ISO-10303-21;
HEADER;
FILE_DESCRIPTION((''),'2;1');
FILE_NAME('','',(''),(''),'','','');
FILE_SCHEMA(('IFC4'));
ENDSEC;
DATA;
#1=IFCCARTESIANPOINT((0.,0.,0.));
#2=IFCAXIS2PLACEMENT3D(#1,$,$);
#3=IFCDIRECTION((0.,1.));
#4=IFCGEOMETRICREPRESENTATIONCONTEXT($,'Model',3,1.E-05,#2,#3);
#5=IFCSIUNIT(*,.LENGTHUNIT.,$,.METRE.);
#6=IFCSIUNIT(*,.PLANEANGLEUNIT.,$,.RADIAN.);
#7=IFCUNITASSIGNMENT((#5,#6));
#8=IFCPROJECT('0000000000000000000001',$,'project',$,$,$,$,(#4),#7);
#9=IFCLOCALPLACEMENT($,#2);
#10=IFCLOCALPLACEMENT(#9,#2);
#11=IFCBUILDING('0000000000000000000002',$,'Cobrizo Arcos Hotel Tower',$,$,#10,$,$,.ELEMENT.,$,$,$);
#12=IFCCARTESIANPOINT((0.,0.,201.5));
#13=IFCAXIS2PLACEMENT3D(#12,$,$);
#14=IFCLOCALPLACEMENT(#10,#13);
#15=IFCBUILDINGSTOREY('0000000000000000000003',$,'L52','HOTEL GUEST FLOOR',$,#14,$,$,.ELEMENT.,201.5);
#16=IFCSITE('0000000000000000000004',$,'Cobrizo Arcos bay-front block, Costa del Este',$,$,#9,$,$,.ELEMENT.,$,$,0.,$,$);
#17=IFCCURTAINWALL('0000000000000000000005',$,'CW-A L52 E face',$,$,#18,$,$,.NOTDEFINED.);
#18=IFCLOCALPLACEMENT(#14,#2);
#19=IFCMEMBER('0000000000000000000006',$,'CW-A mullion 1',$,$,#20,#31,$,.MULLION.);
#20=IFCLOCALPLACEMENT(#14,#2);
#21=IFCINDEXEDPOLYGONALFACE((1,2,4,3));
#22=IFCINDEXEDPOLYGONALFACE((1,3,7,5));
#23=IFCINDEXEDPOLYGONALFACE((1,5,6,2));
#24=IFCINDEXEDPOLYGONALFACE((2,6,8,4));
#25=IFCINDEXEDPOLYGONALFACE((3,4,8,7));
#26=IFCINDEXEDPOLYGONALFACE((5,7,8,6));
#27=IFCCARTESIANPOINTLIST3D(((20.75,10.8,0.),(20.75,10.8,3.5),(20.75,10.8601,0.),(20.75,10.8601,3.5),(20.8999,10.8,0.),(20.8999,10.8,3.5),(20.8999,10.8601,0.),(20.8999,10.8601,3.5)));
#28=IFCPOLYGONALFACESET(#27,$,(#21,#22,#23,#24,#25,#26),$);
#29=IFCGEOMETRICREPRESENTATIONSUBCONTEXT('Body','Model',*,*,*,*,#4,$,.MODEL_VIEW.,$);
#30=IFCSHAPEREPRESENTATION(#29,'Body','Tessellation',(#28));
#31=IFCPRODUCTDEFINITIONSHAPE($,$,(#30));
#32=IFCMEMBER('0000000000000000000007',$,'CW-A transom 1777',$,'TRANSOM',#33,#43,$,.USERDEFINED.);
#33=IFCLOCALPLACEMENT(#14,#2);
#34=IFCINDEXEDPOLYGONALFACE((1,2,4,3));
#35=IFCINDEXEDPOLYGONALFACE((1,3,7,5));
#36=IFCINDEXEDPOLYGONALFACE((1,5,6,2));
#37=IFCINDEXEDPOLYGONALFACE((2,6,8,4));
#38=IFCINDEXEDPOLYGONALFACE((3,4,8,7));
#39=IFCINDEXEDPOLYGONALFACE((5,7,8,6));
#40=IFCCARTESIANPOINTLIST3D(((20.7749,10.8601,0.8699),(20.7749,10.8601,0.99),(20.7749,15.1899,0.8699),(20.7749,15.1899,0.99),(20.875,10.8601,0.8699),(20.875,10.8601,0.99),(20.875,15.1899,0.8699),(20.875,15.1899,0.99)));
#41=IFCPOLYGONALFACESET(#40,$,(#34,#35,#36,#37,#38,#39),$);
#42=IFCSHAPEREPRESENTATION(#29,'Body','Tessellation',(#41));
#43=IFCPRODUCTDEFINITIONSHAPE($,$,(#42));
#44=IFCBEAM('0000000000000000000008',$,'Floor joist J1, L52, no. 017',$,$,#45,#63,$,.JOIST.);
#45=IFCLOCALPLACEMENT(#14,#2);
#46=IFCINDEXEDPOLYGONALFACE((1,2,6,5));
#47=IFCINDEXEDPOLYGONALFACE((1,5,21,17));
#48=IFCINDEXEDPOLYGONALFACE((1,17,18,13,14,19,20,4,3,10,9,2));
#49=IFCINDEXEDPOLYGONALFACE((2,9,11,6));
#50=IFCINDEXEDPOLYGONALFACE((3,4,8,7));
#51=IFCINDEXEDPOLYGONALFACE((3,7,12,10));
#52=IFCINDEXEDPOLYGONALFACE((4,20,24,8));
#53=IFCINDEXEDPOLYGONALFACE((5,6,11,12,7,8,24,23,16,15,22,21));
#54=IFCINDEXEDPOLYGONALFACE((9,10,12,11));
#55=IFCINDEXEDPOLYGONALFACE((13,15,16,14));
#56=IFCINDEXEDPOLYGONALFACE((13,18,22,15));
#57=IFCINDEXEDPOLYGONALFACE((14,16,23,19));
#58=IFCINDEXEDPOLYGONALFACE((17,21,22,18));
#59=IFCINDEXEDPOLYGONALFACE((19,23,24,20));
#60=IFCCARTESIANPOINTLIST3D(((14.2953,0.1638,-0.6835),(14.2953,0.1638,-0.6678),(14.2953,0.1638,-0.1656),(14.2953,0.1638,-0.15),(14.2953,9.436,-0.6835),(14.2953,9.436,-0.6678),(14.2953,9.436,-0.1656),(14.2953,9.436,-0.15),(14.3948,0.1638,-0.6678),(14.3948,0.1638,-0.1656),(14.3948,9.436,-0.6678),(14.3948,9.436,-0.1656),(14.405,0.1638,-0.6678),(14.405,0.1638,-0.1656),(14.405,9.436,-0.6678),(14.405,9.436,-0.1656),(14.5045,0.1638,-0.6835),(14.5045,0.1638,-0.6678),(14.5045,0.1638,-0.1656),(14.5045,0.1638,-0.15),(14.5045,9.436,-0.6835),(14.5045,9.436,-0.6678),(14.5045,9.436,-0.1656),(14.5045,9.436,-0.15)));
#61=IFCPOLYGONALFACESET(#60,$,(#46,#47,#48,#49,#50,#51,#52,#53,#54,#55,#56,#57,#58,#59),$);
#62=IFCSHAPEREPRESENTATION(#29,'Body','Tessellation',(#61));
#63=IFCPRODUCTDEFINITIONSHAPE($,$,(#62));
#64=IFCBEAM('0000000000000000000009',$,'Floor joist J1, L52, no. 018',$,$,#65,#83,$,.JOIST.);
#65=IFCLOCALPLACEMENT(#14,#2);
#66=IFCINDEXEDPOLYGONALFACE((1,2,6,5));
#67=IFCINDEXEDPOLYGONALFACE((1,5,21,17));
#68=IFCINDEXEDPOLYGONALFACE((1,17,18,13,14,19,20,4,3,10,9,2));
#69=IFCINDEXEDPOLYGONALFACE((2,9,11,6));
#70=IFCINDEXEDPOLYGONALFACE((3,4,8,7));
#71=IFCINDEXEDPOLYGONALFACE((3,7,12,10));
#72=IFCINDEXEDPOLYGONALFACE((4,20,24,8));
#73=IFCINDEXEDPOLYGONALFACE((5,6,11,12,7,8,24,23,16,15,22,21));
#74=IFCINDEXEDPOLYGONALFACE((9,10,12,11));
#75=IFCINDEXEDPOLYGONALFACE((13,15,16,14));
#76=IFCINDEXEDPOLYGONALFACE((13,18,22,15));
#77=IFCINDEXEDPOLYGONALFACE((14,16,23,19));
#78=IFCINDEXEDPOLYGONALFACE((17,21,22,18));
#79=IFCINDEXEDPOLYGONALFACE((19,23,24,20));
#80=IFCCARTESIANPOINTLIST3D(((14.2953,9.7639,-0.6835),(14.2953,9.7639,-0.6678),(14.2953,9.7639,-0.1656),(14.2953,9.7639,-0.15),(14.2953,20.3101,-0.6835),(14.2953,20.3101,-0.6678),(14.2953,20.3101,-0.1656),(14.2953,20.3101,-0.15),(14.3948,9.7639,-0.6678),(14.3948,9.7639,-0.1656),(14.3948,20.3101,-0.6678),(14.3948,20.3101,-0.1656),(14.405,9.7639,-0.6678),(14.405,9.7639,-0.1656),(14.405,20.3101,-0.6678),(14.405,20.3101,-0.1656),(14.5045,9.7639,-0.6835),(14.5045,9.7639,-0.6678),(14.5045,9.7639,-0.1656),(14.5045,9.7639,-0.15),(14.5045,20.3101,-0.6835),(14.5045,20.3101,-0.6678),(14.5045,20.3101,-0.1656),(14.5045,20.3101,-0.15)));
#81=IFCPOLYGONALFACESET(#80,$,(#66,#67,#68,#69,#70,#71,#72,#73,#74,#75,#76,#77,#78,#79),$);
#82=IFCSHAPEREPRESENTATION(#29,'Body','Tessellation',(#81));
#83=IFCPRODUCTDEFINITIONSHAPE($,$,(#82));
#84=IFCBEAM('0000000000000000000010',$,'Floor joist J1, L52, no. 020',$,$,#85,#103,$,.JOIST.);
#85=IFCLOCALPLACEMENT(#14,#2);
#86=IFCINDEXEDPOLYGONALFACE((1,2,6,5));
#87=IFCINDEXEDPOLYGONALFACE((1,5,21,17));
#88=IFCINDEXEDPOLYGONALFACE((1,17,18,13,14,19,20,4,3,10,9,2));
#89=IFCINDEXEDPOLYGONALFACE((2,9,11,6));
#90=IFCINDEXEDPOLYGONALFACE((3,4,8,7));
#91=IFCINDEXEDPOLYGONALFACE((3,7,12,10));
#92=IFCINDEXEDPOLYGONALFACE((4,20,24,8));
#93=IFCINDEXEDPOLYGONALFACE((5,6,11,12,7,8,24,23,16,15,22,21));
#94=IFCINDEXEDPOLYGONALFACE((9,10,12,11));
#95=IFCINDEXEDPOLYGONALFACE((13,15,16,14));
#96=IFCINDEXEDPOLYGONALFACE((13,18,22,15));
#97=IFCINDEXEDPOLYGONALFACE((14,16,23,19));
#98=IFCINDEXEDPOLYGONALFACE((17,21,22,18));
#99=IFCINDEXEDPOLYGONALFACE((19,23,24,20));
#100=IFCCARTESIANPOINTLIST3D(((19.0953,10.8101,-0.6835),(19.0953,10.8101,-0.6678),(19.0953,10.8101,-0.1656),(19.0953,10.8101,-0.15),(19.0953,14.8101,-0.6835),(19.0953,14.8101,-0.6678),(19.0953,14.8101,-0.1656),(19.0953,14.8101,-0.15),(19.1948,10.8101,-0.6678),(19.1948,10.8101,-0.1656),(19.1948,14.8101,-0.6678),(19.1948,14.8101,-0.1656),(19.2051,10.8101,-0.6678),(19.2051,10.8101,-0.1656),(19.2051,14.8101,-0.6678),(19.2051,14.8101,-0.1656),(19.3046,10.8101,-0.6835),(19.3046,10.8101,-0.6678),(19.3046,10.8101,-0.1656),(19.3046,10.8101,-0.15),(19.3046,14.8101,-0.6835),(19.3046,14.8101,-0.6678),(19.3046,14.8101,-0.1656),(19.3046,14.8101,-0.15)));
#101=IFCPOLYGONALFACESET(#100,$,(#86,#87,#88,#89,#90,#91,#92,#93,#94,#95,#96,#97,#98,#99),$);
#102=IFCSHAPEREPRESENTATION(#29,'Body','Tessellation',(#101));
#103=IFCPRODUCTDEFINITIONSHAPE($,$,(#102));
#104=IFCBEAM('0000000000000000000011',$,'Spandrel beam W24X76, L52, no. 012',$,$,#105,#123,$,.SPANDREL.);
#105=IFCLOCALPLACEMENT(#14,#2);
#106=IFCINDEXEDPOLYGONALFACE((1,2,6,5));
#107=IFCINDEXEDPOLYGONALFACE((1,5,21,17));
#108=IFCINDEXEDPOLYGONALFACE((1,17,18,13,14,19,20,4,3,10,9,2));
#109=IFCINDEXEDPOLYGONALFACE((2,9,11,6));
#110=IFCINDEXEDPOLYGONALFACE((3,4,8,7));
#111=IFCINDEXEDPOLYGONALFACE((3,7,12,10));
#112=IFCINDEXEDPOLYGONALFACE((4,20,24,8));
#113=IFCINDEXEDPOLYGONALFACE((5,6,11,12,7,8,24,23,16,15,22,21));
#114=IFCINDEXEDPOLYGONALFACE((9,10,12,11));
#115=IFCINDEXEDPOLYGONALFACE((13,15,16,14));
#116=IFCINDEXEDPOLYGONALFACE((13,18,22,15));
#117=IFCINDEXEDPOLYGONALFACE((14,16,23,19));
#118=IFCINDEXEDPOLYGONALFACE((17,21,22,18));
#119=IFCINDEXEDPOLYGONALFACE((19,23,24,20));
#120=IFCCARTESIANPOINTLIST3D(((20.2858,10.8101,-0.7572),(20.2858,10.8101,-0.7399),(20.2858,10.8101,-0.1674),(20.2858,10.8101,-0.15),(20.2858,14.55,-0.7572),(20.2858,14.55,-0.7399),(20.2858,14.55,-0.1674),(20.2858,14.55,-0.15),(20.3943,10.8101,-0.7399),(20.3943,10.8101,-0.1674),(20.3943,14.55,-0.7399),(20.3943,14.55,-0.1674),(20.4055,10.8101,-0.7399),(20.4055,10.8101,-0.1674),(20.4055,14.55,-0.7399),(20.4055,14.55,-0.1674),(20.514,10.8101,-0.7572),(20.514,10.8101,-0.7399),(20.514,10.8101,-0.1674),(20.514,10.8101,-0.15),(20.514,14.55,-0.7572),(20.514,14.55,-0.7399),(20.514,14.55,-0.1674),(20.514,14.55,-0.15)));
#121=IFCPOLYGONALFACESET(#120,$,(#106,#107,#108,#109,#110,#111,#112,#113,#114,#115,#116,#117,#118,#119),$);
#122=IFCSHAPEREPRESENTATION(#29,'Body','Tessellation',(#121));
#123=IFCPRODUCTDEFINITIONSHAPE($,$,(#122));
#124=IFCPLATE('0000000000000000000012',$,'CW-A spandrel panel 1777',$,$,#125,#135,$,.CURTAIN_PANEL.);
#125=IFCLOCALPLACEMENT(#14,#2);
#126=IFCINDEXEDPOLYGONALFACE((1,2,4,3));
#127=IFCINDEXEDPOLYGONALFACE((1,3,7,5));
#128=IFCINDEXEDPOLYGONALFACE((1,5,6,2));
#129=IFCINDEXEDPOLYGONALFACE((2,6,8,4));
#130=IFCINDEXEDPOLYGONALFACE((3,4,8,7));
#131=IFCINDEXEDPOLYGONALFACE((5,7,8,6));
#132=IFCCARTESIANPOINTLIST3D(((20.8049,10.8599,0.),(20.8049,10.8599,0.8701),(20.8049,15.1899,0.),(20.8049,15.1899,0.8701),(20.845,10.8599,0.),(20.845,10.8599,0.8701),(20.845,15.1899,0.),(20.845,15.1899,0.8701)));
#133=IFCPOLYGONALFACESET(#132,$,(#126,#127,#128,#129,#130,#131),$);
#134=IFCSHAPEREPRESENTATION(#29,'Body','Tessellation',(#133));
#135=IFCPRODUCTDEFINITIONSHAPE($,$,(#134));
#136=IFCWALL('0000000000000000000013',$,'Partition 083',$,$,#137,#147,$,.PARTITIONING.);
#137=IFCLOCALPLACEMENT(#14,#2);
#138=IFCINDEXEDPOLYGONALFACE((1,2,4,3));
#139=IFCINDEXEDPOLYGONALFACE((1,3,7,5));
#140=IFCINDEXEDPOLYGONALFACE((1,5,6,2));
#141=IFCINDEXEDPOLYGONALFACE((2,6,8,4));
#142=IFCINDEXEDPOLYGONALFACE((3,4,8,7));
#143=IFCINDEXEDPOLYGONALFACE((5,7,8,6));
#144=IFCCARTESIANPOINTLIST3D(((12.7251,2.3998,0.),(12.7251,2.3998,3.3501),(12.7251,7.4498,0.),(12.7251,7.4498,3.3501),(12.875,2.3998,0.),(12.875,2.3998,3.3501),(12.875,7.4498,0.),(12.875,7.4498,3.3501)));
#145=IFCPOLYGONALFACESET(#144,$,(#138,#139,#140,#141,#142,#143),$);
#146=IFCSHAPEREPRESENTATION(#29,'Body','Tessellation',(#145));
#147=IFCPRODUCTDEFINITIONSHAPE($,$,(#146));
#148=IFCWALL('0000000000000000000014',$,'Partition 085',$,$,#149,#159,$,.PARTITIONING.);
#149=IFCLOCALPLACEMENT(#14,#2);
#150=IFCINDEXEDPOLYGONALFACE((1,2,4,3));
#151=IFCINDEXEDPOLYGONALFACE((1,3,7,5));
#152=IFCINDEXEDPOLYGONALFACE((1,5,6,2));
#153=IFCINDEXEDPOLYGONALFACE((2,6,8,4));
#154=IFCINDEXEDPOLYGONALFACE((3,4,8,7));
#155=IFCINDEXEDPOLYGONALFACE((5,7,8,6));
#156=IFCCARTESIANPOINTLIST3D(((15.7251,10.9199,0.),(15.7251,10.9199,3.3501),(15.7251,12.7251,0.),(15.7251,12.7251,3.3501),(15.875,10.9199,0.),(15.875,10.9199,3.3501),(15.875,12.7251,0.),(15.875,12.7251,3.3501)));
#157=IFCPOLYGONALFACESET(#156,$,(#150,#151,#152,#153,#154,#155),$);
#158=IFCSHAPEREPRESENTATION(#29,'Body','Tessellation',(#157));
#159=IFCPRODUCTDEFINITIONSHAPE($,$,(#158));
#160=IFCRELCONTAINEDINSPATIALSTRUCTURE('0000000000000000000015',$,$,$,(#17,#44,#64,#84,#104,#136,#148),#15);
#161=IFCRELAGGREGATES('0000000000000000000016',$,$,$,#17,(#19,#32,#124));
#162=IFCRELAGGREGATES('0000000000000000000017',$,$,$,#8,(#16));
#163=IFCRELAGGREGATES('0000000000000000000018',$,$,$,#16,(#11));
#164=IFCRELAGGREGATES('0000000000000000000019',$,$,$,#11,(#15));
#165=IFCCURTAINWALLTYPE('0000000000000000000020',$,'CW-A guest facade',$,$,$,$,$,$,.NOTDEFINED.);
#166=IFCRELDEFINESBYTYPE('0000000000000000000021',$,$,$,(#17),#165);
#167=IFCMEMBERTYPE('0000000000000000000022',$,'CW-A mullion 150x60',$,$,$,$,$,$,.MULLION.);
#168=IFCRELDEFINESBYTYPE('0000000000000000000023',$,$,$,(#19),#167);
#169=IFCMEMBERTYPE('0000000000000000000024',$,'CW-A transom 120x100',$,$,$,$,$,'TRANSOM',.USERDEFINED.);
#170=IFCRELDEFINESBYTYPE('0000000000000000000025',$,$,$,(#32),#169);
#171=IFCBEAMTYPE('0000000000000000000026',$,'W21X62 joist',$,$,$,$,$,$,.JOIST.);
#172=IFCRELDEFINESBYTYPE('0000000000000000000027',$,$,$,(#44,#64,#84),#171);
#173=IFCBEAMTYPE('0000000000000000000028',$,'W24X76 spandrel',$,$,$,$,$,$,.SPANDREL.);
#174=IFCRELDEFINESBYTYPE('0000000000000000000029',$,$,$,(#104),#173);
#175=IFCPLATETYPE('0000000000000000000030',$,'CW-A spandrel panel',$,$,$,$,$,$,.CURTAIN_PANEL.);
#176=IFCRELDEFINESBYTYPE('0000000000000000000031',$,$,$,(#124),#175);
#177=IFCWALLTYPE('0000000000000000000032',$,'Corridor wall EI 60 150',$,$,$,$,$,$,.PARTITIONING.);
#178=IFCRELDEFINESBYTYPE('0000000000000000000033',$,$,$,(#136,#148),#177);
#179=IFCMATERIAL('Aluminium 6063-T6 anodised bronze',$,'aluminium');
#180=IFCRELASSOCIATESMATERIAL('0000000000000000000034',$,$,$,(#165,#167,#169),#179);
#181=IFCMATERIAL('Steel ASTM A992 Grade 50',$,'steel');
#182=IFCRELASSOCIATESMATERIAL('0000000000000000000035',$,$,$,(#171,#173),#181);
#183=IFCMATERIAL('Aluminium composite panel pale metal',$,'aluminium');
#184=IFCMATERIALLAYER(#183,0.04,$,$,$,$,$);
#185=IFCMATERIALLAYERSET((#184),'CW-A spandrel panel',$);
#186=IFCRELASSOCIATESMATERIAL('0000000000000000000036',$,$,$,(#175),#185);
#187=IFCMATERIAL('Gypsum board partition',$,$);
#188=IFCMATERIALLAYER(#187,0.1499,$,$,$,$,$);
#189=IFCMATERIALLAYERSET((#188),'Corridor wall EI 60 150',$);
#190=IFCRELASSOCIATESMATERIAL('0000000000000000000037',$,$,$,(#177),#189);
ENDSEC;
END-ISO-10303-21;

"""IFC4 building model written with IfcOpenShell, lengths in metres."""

from ifc_helpers import new_model, si_unit, direction, frame, frame_2d, origin, origin_2d, place, context, subcontext, project, spatial, rectangle, i_section, extrude, material, layer, layer_set, material_profile, profile_set, type_object, element, aggregate, save


model = new_model("IFC4")

# Units and contexts
model_context = context("Model", 3, precision=1e-05, world=origin(), true_north=direction((0.0, 1.0)))
body_context = subcontext(model_context, "Body", "Model", "MODEL_VIEW")
ifc_project = project(units=[si_unit("LENGTHUNIT", "METRE"), si_unit("PLANEANGLEUNIT", "RADIAN")], contexts=[model_context])

# Site, building, storey
site_placement = place(None, origin())
site = spatial("IfcSite", under=ifc_project, at=site_placement, Name="Cobrizo Arcos bay-front block, Costa del Este", CompositionType="ELEMENT", RefElevation=0.0)
building_placement = place(site_placement, origin())
building = spatial("IfcBuilding", under=site, at=building_placement, Name="Cobrizo Arcos Hotel Tower", CompositionType="ELEMENT")
storey_placement = place(building_placement, frame((0.0, 0.0, 201.5)))
storey = spatial("IfcBuildingStorey", under=building, at=storey_placement, Name="L52", Description="HOTEL GUEST FLOOR", CompositionType="ELEMENT", Elevation=201.5)

# Curtain wall, members
ifc_material_1 = material(Name="Aluminium 6063-T6 anodised bronze", Category="aluminium")
curtain_wall_type = type_object("IfcCurtainWallType", Name="CW-A guest facade", PredefinedType="NOTDEFINED", material=ifc_material_1)
curtain_wall_placement = place(storey_placement, origin())
curtain_wall = element("IfcCurtainWall", 1, at=curtain_wall_placement, inside=storey, type_object=curtain_wall_type, Name="CW-A L52 E face", PredefinedType="NOTDEFINED")
ifc_material_profile_1 = material_profile(ifc_material_1, rectangle(XDim=0.1499, YDim=0.0601, at=origin_2d()), Name="CW-A mullion 150x60")
ifc_profile_set_1 = profile_set([ifc_material_profile_1], Name="Aluminium 6063-T6 anodised bronze")
member_type_1 = type_object("IfcMemberType", Name="CW-A mullion 150x60", PredefinedType="MULLION", material=ifc_profile_set_1)
member_1_placement = place(storey_placement, frame((20.825, 10.8301, 0.0), z_axis=(0.0, 0.0, 1.0), x_axis=(1.0, 0.0, 0.0)))
member_1 = element("IfcMember", 2, at=member_1_placement, type_object=member_type_1, Name="CW-A mullion 1", PredefinedType="MULLION", context=body_context, shape_type="SweptSolid", body=[
    extrude(rectangle(XDim=0.1499, YDim=0.0601, at=origin_2d()), origin(), (0.0, 0.0, 1.0), 3.5),
])
ifc_material_profile_2 = material_profile(ifc_material_1, rectangle(XDim=0.1001, YDim=0.1201, at=origin_2d()), Name="CW-A transom 120x100")
ifc_profile_set_2 = profile_set([ifc_material_profile_2], Name="Aluminium 6063-T6 anodised bronze")
member_type_2 = type_object("IfcMemberType", Name="CW-A transom 120x100", ElementType="TRANSOM", PredefinedType="USERDEFINED", material=ifc_profile_set_2)
member_2_placement = place(storey_placement, frame((20.825, 10.8601, 0.9299), z_axis=(0.0, 1.0, 0.0), x_axis=(-1.0, 0.0, 0.0)))
member_2 = element("IfcMember", 3, at=member_2_placement, type_object=member_type_2, Name="CW-A transom 1777", ObjectType="TRANSOM", PredefinedType="USERDEFINED", context=body_context, shape_type="SweptSolid", body=[
    extrude(rectangle(XDim=0.1001, YDim=0.1201, at=origin_2d()), origin(), (0.0, 0.0, 1.0), 4.3298),
])

# Beams
ifc_material_2 = material(Name="Steel ASTM A992 Grade 50", Category="steel")
ifc_material_profile_3 = material_profile(ifc_material_2, i_section(OverallWidth=0.2092, OverallDepth=0.5334, WebThickness=0.0103, FlangeThickness=0.0156, at=origin_2d()), Name="W21X62")
ifc_profile_set_3 = profile_set([ifc_material_profile_3], Name="Steel ASTM A992 Grade 50")
beam_type_1 = type_object("IfcBeamType", Name="W21X62 joist", PredefinedType="JOIST", material=ifc_profile_set_3)
beam_1_placement = place(storey_placement, frame((14.3999, 0.1638, -0.4167), z_axis=(0.0, 1.0, 0.0), x_axis=(-1.0, 0.0, 0.0)))
element("IfcBeam", 4, at=beam_1_placement, inside=storey, type_object=beam_type_1, Name="Floor joist J1, L52, no. 017", PredefinedType="JOIST", context=body_context, shape_type="SweptSolid", body=[
    extrude(i_section(OverallWidth=0.2092, OverallDepth=0.5334, WebThickness=0.0103, FlangeThickness=0.0156, at=origin_2d()), origin(), (0.0, 0.0, 1.0), 9.2722),
])
beam_2_placement = place(storey_placement, frame((14.3999, 9.7639, -0.4167), z_axis=(0.0, 1.0, 0.0), x_axis=(-1.0, 0.0, 0.0)))
element("IfcBeam", 5, at=beam_2_placement, inside=storey, type_object=beam_type_1, Name="Floor joist J1, L52, no. 018", PredefinedType="JOIST", context=body_context, shape_type="SweptSolid", body=[
    extrude(i_section(OverallWidth=0.2092, OverallDepth=0.5334, WebThickness=0.0103, FlangeThickness=0.0156, at=origin_2d()), origin(), (0.0, 0.0, 1.0), 10.5461),
])
beam_3_placement = place(storey_placement, frame((19.2, 10.8101, -0.4167), z_axis=(0.0, 1.0, 0.0), x_axis=(-1.0, 0.0, 0.0)))
element("IfcBeam", 6, at=beam_3_placement, inside=storey, type_object=beam_type_1, Name="Floor joist J1, L52, no. 020", PredefinedType="JOIST", context=body_context, shape_type="SweptSolid", body=[
    extrude(i_section(OverallWidth=0.2092, OverallDepth=0.5334, WebThickness=0.0103, FlangeThickness=0.0156, at=origin_2d()), origin(), (0.0, 0.0, 1.0), 4.0),
])
ifc_material_profile_4 = material_profile(ifc_material_2, i_section(OverallWidth=0.2283, OverallDepth=0.6072, WebThickness=0.0112, FlangeThickness=0.0173, at=origin_2d()), Name="W24X76")
ifc_profile_set_4 = profile_set([ifc_material_profile_4], Name="Steel ASTM A992 Grade 50")
beam_type_2 = type_object("IfcBeamType", Name="W24X76 spandrel", PredefinedType="SPANDREL", material=ifc_profile_set_4)
beam_4_placement = place(storey_placement, frame((20.3999, 10.8101, -0.4536), z_axis=(0.0, 1.0, 0.0), x_axis=(-1.0, 0.0, 0.0)))
element("IfcBeam", 7, at=beam_4_placement, inside=storey, type_object=beam_type_2, Name="Spandrel beam W24X76, L52, no. 012", PredefinedType="SPANDREL", context=body_context, shape_type="SweptSolid", body=[
    extrude(i_section(OverallWidth=0.2283, OverallDepth=0.6072, WebThickness=0.0112, FlangeThickness=0.0173, at=origin_2d()), origin(), (0.0, 0.0, 1.0), 3.74),
])

# Plate
ifc_material_3 = material(Name="Aluminium composite panel pale metal", Category="aluminium")
ifc_layer_1 = layer(ifc_material_3, 0.04)
ifc_layer_set_1 = layer_set([ifc_layer_1], Name="CW-A spandrel panel")
plate_type = type_object("IfcPlateType", Name="CW-A spandrel panel", PredefinedType="CURTAIN_PANEL", material=ifc_layer_set_1)
plate_placement = place(storey_placement, frame((20.825, 13.0249, 0.0), z_axis=(0.0, 0.0, 1.0), x_axis=(0.0, 1.0, 0.0)))
plate = element("IfcPlate", 8, at=plate_placement, type_object=plate_type, Name="CW-A spandrel panel 1777", PredefinedType="CURTAIN_PANEL", context=body_context, shape_type="SweptSolid", body=[
    extrude(rectangle(XDim=4.3301, YDim=0.04, at=origin_2d()), origin(), (0.0, 0.0, 1.0), 0.8701),
])
aggregate(curtain_wall, [member_1, member_2, plate])

# Walls
ifc_material_4 = material(Name="Gypsum board partition")
ifc_layer_2 = layer(ifc_material_4, 0.1499)
ifc_layer_set_2 = layer_set([ifc_layer_2], Name="Corridor wall EI 60 150")
wall_type_1 = type_object("IfcWallType", Name="Corridor wall EI 60 150", PredefinedType="PARTITIONING", material=ifc_layer_set_2)
wall_1_placement = place(storey_placement, frame((12.8, 2.3999, 0.0), z_axis=(0.0, 0.0, 1.0), x_axis=(0.0, 1.0, 0.0)))
element("IfcWall", 9, at=wall_1_placement, inside=storey, type_object=wall_type_1, Name="Partition 083", PredefinedType="PARTITIONING", context=body_context, shape_type="SweptSolid", body=[
    extrude(rectangle(XDim=5.05, YDim=0.1499, at=frame_2d((2.5249, 0.0))), origin(), (0.0, 0.0, 1.0), 3.3501),
])
wall_2_placement = place(storey_placement, frame((15.8, 10.9199, 0.0), z_axis=(0.0, 0.0, 1.0), x_axis=(0.0, 1.0, 0.0)))
element("IfcWall", 10, at=wall_2_placement, inside=storey, type_object=wall_type_1, Name="Partition 085", PredefinedType="PARTITIONING", context=body_context, shape_type="SweptSolid", body=[
    extrude(rectangle(XDim=1.8052, YDim=0.1499, at=frame_2d((0.9026, 0.0))), origin(), (0.0, 0.0, 1.0), 3.3501),
])

save(model, "model.ifc")
